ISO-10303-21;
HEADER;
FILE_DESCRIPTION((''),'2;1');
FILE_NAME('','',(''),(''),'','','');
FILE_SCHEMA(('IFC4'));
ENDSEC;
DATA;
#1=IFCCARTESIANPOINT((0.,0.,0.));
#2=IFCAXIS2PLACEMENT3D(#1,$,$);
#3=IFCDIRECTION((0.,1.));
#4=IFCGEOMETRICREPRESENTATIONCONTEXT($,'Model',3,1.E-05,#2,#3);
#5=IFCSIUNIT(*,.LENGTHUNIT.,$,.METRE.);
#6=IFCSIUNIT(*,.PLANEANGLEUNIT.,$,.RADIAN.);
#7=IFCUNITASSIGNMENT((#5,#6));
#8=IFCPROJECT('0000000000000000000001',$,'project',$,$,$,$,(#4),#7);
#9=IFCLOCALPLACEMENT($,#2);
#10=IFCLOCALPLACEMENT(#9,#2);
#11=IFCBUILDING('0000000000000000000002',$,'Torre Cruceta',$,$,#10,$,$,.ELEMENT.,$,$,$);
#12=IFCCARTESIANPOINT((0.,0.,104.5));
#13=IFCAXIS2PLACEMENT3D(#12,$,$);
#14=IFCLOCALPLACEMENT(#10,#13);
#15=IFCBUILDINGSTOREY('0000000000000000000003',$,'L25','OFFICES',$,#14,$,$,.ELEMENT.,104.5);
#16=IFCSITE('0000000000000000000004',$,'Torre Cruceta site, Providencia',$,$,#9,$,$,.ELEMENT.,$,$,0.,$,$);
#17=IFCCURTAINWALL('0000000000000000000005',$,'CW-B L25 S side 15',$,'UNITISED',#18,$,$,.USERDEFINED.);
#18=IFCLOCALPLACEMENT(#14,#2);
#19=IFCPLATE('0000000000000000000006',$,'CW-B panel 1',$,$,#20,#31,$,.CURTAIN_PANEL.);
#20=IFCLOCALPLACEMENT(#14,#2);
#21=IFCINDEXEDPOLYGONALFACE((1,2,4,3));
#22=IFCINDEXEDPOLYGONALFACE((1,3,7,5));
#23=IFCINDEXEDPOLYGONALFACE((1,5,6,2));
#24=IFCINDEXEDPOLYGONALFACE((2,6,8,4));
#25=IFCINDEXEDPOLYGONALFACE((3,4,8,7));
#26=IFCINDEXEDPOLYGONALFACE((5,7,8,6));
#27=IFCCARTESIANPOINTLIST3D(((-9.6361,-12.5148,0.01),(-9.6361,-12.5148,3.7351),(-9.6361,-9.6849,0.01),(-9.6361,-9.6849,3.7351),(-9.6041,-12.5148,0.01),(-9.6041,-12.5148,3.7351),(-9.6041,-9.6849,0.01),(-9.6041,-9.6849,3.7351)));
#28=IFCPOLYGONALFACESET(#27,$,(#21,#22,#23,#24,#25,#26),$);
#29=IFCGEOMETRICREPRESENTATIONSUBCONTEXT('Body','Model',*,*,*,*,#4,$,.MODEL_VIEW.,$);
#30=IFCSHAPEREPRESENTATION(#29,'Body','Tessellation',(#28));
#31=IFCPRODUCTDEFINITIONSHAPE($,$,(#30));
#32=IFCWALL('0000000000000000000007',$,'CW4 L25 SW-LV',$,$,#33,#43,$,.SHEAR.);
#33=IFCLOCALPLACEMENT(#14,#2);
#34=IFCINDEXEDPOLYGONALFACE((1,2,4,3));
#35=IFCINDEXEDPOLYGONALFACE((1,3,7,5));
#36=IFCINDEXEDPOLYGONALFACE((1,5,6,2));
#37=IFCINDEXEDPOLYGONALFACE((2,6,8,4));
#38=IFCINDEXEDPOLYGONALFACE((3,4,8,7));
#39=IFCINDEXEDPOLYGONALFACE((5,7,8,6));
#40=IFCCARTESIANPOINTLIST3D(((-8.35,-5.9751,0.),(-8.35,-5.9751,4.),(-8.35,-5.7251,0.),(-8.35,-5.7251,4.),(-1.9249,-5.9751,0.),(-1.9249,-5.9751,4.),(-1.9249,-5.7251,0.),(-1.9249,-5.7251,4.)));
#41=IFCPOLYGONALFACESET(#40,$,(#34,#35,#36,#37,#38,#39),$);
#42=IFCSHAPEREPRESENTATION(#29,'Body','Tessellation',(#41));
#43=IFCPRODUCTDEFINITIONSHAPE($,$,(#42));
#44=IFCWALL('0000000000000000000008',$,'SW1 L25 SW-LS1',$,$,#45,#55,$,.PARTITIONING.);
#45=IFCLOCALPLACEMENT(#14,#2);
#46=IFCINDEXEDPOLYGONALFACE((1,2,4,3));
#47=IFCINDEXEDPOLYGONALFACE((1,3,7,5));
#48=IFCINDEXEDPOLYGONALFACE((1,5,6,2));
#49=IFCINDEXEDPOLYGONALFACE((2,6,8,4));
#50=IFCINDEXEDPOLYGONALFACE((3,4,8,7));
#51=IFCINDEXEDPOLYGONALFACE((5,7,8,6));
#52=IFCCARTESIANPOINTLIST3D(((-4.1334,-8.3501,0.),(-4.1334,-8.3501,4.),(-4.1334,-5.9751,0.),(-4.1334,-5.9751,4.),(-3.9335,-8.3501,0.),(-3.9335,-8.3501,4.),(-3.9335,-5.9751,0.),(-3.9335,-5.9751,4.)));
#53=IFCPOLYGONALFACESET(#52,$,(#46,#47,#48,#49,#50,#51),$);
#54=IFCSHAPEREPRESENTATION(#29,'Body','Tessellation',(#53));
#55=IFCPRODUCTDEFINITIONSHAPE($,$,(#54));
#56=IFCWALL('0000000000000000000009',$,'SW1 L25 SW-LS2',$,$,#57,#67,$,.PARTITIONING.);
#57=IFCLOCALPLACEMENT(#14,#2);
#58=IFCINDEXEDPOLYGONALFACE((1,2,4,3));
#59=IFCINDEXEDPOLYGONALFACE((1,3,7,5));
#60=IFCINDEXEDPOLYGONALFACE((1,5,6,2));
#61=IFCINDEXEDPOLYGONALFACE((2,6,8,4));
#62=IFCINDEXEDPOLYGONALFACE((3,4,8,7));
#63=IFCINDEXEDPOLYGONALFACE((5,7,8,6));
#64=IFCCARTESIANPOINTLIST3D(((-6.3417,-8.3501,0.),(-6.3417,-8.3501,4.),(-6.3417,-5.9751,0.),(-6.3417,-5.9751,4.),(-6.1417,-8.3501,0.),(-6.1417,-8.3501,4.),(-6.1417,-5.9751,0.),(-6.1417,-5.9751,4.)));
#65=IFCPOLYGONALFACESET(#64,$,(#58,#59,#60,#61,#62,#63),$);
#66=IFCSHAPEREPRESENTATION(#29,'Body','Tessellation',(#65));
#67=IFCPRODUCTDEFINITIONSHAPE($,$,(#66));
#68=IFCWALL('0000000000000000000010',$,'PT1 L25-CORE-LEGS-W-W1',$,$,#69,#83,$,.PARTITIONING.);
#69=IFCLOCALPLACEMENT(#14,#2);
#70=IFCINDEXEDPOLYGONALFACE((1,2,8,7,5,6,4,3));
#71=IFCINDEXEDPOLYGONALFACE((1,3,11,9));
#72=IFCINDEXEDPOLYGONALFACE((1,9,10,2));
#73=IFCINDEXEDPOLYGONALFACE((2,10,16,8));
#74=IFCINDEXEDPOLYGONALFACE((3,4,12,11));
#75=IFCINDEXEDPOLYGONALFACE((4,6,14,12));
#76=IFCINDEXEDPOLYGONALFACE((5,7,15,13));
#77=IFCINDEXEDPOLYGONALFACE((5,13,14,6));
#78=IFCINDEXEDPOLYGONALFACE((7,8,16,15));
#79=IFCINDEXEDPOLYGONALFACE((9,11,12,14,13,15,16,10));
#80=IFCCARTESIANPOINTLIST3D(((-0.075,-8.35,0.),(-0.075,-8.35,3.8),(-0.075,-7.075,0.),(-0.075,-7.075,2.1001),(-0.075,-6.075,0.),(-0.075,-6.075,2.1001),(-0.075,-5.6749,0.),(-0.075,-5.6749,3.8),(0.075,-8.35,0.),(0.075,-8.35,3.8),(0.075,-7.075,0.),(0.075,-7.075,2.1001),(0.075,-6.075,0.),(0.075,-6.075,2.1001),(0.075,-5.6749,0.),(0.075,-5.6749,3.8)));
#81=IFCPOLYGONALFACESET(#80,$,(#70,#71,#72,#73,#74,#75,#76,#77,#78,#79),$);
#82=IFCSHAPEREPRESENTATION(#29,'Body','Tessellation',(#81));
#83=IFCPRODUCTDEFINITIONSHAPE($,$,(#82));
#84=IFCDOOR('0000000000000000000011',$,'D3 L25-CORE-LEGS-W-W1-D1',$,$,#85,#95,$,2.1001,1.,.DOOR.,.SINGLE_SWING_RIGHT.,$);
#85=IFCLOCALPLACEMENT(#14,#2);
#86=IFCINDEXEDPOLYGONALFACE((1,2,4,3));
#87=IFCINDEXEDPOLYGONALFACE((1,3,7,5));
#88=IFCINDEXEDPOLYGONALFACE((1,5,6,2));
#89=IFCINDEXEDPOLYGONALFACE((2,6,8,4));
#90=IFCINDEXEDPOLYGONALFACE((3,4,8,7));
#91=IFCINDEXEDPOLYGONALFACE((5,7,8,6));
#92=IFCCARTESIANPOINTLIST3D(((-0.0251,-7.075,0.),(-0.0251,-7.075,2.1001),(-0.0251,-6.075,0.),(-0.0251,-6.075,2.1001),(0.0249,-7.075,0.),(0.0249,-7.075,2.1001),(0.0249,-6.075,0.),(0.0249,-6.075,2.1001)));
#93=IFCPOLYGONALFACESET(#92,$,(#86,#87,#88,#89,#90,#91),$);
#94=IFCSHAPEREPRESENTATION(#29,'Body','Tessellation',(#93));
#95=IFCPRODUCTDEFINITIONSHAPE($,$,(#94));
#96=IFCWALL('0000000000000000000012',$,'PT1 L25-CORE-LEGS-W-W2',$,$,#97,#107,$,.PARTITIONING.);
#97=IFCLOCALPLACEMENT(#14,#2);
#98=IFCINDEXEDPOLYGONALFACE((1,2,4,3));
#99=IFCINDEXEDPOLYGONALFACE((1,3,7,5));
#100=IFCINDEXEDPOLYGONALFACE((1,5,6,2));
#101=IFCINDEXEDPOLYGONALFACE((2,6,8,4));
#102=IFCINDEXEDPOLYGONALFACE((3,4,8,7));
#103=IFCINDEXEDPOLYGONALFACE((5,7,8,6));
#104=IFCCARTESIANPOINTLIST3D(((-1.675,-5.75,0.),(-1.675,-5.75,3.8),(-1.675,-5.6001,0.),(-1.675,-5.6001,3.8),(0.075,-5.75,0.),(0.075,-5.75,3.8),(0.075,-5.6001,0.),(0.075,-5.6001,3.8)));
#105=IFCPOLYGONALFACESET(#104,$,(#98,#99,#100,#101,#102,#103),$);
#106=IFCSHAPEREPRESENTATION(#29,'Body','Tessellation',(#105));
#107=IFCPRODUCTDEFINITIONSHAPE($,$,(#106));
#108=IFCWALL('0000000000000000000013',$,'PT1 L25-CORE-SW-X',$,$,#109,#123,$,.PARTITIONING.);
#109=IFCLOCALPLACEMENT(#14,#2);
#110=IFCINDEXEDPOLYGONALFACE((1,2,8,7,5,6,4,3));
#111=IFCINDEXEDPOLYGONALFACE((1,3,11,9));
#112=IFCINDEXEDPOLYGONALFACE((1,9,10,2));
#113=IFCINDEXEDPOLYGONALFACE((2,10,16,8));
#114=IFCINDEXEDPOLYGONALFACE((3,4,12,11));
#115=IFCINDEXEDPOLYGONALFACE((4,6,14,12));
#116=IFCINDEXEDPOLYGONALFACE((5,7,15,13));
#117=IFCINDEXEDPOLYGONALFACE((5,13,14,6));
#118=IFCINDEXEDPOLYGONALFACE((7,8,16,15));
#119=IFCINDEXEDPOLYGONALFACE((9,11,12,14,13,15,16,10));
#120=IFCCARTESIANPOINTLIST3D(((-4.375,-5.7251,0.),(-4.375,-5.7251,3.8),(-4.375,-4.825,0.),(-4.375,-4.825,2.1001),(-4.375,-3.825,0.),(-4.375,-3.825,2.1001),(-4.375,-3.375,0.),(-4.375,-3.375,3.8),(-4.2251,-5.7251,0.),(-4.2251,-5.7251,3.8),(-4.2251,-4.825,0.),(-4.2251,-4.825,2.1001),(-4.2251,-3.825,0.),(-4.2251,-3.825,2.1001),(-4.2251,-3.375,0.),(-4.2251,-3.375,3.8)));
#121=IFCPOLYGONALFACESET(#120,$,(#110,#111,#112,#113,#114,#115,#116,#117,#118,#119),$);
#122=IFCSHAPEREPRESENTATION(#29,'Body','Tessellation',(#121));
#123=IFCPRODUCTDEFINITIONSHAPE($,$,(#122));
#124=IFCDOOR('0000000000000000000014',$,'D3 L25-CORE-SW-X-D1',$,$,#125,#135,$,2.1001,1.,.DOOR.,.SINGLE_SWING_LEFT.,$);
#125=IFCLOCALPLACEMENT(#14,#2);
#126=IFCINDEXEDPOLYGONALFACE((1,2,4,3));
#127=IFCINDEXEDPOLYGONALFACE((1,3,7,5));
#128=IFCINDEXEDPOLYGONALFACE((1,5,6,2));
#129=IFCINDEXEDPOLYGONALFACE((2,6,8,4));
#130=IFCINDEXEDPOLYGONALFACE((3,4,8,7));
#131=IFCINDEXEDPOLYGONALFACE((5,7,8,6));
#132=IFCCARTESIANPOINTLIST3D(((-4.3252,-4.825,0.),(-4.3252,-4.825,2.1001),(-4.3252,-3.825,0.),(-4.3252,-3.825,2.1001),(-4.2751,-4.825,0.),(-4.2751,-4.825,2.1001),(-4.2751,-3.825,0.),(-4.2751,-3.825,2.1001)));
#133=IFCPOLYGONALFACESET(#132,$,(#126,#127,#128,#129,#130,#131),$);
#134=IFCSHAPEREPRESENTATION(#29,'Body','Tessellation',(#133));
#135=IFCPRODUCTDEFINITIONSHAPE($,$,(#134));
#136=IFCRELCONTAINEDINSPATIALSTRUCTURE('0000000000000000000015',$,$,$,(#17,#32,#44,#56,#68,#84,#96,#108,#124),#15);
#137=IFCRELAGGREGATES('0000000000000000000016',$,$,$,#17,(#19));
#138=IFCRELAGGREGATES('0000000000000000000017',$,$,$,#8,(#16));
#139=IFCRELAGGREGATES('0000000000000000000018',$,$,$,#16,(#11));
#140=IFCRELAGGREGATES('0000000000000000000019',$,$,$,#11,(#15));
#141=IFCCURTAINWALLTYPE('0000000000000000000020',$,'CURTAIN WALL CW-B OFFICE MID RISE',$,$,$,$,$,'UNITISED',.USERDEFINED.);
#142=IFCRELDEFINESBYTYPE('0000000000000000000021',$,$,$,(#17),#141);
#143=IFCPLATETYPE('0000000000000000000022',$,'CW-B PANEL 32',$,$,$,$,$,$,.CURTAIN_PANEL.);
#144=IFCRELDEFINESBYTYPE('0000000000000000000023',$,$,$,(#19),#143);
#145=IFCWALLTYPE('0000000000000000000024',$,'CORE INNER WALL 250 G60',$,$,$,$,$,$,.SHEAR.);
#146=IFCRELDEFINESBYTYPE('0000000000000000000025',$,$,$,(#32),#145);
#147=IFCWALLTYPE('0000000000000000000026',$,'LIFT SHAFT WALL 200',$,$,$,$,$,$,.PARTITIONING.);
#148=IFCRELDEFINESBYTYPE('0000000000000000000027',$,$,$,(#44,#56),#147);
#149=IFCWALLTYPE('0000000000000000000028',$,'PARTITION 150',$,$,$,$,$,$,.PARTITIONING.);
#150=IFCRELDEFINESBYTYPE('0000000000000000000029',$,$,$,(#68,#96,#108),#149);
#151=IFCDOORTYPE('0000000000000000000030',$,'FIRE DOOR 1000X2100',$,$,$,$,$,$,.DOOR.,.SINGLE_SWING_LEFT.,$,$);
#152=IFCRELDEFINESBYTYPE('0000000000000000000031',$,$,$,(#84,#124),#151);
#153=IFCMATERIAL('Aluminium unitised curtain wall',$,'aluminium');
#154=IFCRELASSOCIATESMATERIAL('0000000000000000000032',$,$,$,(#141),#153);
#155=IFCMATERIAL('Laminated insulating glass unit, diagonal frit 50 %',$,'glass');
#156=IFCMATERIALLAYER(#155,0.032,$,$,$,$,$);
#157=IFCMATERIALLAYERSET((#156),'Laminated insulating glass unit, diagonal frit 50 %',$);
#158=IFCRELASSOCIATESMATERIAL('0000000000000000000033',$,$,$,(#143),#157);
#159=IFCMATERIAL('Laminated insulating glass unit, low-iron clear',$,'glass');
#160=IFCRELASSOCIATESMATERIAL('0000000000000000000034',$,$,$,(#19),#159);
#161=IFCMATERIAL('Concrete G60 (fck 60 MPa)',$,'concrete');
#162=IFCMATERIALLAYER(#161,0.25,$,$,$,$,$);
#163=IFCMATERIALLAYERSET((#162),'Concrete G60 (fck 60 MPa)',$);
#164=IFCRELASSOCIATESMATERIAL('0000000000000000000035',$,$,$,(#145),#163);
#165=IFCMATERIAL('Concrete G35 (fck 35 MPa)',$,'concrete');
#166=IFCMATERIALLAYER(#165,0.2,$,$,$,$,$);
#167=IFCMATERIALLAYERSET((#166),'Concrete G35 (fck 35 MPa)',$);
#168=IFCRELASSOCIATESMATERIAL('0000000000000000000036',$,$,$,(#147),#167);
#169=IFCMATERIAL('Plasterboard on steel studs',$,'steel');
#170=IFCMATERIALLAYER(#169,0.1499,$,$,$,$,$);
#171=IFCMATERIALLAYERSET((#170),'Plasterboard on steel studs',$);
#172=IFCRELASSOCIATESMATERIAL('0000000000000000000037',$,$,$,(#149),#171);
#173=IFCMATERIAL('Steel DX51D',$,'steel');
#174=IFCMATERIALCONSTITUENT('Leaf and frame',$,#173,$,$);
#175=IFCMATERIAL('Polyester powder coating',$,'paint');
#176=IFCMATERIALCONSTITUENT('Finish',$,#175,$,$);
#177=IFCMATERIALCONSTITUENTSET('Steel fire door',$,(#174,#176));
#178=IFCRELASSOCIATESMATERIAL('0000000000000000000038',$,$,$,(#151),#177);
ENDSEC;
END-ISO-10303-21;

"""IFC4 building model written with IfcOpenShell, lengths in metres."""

from ifc_helpers import new_model, si_unit, direction, frame, frame_2d, origin, origin_2d, place, context, subcontext, project, spatial, rectangle, extrude, material, layer, layer_set, constituent, constituent_set, type_object, element, fill, aggregate, save


model = new_model("IFC4")

# Units and contexts
model_context = context("Model", 3, precision=1e-05, world=origin(), true_north=direction((0.0, 1.0)))
body_context = subcontext(model_context, "Body", "Model", "MODEL_VIEW")
ifc_project = project(units=[si_unit("LENGTHUNIT", "METRE"), si_unit("PLANEANGLEUNIT", "RADIAN")], contexts=[model_context])

# Site, building, storey
site_placement = place(None, origin())
site = spatial("IfcSite", under=ifc_project, at=site_placement, Name="Torre Cruceta site, Providencia", CompositionType="ELEMENT", RefElevation=0.0)
building_placement = place(site_placement, origin())
building = spatial("IfcBuilding", under=site, at=building_placement, Name="Torre Cruceta", CompositionType="ELEMENT")
storey_placement = place(building_placement, frame((0.0, 0.0, 104.5)))
storey = spatial("IfcBuildingStorey", under=building, at=storey_placement, Name="L25", Description="OFFICES", CompositionType="ELEMENT", Elevation=104.5)

# Curtain wall
ifc_material_1 = material(Name="Aluminium unitised curtain wall", Category="aluminium")
curtain_wall_type = type_object("IfcCurtainWallType", Name="CURTAIN WALL CW-B OFFICE MID RISE", ElementType="UNITISED", PredefinedType="USERDEFINED", material=ifc_material_1)
curtain_wall_placement = place(storey_placement, origin())
curtain_wall = element("IfcCurtainWall", 1, at=curtain_wall_placement, inside=storey, type_object=curtain_wall_type, Name="CW-B L25 S side 15", ObjectType="UNITISED", PredefinedType="USERDEFINED")

# Plate
ifc_material_2 = material(Name="Laminated insulating glass unit, low-iron clear", Category="glass")
ifc_material_3 = material(Name="Laminated insulating glass unit, diagonal frit 50 %", Category="glass")
ifc_layer_1 = layer(ifc_material_3, 0.032)
ifc_layer_set_1 = layer_set([ifc_layer_1], Name="Laminated insulating glass unit, diagonal frit 50 %")
plate_type = type_object("IfcPlateType", Name="CW-B PANEL 32", PredefinedType="CURTAIN_PANEL", material=ifc_layer_set_1)
plate_placement = place(storey_placement, frame((-9.6201, -11.0999, 0.01), z_axis=(0.0, 0.0, 1.0), x_axis=(0.0, -1.0, 0.0)))
plate = element("IfcPlate", 2, at=plate_placement, type_object=plate_type, material=ifc_material_2, Name="CW-B panel 1", PredefinedType="CURTAIN_PANEL", context=body_context, shape_type="SweptSolid", body=[
    extrude(rectangle(XDim=2.8298, YDim=0.032, at=origin_2d()), origin(), (0.0, 0.0, 1.0), 3.7251),
])
aggregate(curtain_wall, [plate])

# Wall
ifc_material_4 = material(Name="Concrete G60 (fck 60 MPa)", Category="concrete")
ifc_layer_2 = layer(ifc_material_4, 0.25)
ifc_layer_set_2 = layer_set([ifc_layer_2], Name="Concrete G60 (fck 60 MPa)")
wall_type_1 = type_object("IfcWallType", Name="CORE INNER WALL 250 G60", PredefinedType="SHEAR", material=ifc_layer_set_2)
wall_1_placement = place(storey_placement, frame((-1.925, -5.8501, 0.0), z_axis=(0.0, 0.0, 1.0), x_axis=(-1.0, 0.0, 0.0)))
element("IfcWall", 3, at=wall_1_placement, inside=storey, type_object=wall_type_1, Name="CW4 L25 SW-LV", PredefinedType="SHEAR", context=body_context, shape_type="SweptSolid", body=[
    extrude(rectangle(XDim=6.425, YDim=0.25, at=frame_2d((3.2124, 0.0))), origin(), (0.0, 0.0, 1.0), 4.0),
])

# Walls
ifc_material_5 = material(Name="Concrete G35 (fck 35 MPa)", Category="concrete")
ifc_layer_3 = layer(ifc_material_5, 0.2)
ifc_layer_set_3 = layer_set([ifc_layer_3], Name="Concrete G35 (fck 35 MPa)")
wall_type_2 = type_object("IfcWallType", Name="LIFT SHAFT WALL 200", PredefinedType="PARTITIONING", material=ifc_layer_set_3)
for number, where, z_axis, x_axis, name in (
    (4, (-4.0334, -5.9751, 0.0), (0.0, 0.0, 1.0), (0.0, -1.0, 0.0), "SW1 L25 SW-LS1"),
    (5, (-6.2417, -5.9751, 0.0), (0.0, 0.0, 1.0), (0.0, -1.0, 0.0), "SW1 L25 SW-LS2"),
):
    element("IfcWall", number, at=place(storey_placement, frame(where, z_axis=z_axis, x_axis=x_axis)), inside=storey, type_object=wall_type_2, Name=name, PredefinedType="PARTITIONING", context=body_context, shape_type="SweptSolid", body=[
        extrude(rectangle(XDim=2.375, YDim=0.2, at=frame_2d((1.1875, 0.0))), origin(), (0.0, 0.0, 1.0), 4.0),
    ])

# Wall, opening, door
ifc_material_6 = material(Name="Plasterboard on steel studs", Category="steel")
ifc_layer_4 = layer(ifc_material_6, 0.1499)
ifc_layer_set_4 = layer_set([ifc_layer_4], Name="Plasterboard on steel studs")
wall_type_3 = type_object("IfcWallType", Name="PARTITION 150", PredefinedType="PARTITIONING", material=ifc_layer_set_4)
wall_2_placement = place(storey_placement, frame((0.0, -5.675, 0.0), z_axis=(0.0, 0.0, 1.0), x_axis=(0.0, -1.0, 0.0)))
wall_2 = element("IfcWall", 6, at=wall_2_placement, inside=storey, type_object=wall_type_3, Name="PT1 L25-CORE-LEGS-W-W1", PredefinedType="PARTITIONING", context=body_context, shape_type="SweptSolid", body=[
    extrude(rectangle(XDim=2.675, YDim=0.1499, at=frame_2d((1.3374, 0.0))), origin(), (0.0, 0.0, 1.0), 3.8),
])
opening_1_placement = place(wall_2_placement, frame((0.3999, 0.0, 0.0)))
opening_1 = element("IfcOpeningElement", 7, at=opening_1_placement, cuts=wall_2, PredefinedType="OPENING", context=body_context, shape_type="SweptSolid", body=[
    extrude(rectangle(XDim=1.0, YDim=2.1001, at=frame_2d((0.5, 1.05))), frame((0.0, 0.085, 0.0), z_axis=(0.0, -1.0, 0.0), x_axis=(1.0, 0.0, 0.0)), (0.0, 0.0, 1.0), 0.1699),
])
ifc_material_7 = material(Name="Steel DX51D", Category="steel")
ifc_constituent_1 = constituent(ifc_material_7, Name="Leaf and frame")
ifc_material_8 = material(Name="Polyester powder coating", Category="paint")
ifc_constituent_2 = constituent(ifc_material_8, Name="Finish")
ifc_constituent_set_1 = constituent_set(constituents=[ifc_constituent_1, ifc_constituent_2], Name="Steel fire door")
door_type_1 = type_object("IfcDoorType", Name="FIRE DOOR 1000X2100", OperationType="SINGLE_SWING_LEFT", PredefinedType="DOOR", material=ifc_constituent_set_1)
door_1_placement = place(opening_1_placement, frame((1.0, 0.0, 0.0), z_axis=(0.0, 0.0, 1.0), x_axis=(-1.0, 0.0, 0.0)))
door_1 = element("IfcDoor", 8, at=door_1_placement, inside=storey, type_object=door_type_1, Name="D3 L25-CORE-LEGS-W-W1-D1", OperationType="SINGLE_SWING_RIGHT", OverallHeight=2.1001, OverallWidth=1.0, PredefinedType="DOOR", context=body_context, shape_type="SweptSolid", body=[
    extrude(rectangle(XDim=1.0, YDim=2.1001, at=frame_2d((0.5, 1.05))), frame((0.0, 0.0251, 0.0), z_axis=(0.0, -1.0, 0.0), x_axis=(1.0, 0.0, 0.0)), (0.0, 0.0, 1.0), 0.05),
])
fill(opening_1, door_1)

# Wall
wall_3_placement = place(storey_placement, frame((-1.675, -5.675, 0.0), z_axis=(0.0, 0.0, 1.0), x_axis=(1.0, 0.0, 0.0)))
element("IfcWall", 9, at=wall_3_placement, inside=storey, type_object=wall_type_3, Name="PT1 L25-CORE-LEGS-W-W2", PredefinedType="PARTITIONING", context=body_context, shape_type="SweptSolid", body=[
    extrude(rectangle(XDim=1.75, YDim=0.1499, at=frame_2d((0.875, 0.0))), origin(), (0.0, 0.0, 1.0), 3.8),
])

# Wall, opening, door
wall_4_placement = place(storey_placement, frame((-4.3, -3.375, 0.0), z_axis=(0.0, 0.0, 1.0), x_axis=(0.0, -1.0, 0.0)))
wall_4 = element("IfcWall", 10, at=wall_4_placement, inside=storey, type_object=wall_type_3, Name="PT1 L25-CORE-SW-X", PredefinedType="PARTITIONING", context=body_context, shape_type="SweptSolid", body=[
    extrude(rectangle(XDim=2.3501, YDim=0.1499, at=frame_2d((1.175, 0.0))), origin(), (0.0, 0.0, 1.0), 3.8),
])
opening_2_placement = place(wall_4_placement, frame((0.45, 0.0, 0.0)))
opening_2 = element("IfcOpeningElement", 11, at=opening_2_placement, cuts=wall_4, PredefinedType="OPENING", context=body_context, shape_type="SweptSolid", body=[
    extrude(rectangle(XDim=1.0, YDim=2.1001, at=frame_2d((0.5, 1.05))), frame((0.0, 0.085, 0.0), z_axis=(0.0, -1.0, 0.0), x_axis=(1.0, 0.0, 0.0)), (0.0, 0.0, 1.0), 0.1699),
])
door_2_placement = place(opening_2_placement, origin())
door_2 = element("IfcDoor", 12, at=door_2_placement, inside=storey, type_object=door_type_1, Name="D3 L25-CORE-SW-X-D1", OperationType="SINGLE_SWING_LEFT", OverallHeight=2.1001, OverallWidth=1.0, PredefinedType="DOOR", context=body_context, shape_type="SweptSolid", body=[
    extrude(rectangle(XDim=1.0, YDim=2.1001, at=frame_2d((0.5, 1.05))), frame((0.0, 0.0249, 0.0), z_axis=(0.0, -1.0, 0.0), x_axis=(1.0, 0.0, 0.0)), (0.0, 0.0, 1.0), 0.05),
])
fill(opening_2, door_2)

save(model, "model.ifc")
